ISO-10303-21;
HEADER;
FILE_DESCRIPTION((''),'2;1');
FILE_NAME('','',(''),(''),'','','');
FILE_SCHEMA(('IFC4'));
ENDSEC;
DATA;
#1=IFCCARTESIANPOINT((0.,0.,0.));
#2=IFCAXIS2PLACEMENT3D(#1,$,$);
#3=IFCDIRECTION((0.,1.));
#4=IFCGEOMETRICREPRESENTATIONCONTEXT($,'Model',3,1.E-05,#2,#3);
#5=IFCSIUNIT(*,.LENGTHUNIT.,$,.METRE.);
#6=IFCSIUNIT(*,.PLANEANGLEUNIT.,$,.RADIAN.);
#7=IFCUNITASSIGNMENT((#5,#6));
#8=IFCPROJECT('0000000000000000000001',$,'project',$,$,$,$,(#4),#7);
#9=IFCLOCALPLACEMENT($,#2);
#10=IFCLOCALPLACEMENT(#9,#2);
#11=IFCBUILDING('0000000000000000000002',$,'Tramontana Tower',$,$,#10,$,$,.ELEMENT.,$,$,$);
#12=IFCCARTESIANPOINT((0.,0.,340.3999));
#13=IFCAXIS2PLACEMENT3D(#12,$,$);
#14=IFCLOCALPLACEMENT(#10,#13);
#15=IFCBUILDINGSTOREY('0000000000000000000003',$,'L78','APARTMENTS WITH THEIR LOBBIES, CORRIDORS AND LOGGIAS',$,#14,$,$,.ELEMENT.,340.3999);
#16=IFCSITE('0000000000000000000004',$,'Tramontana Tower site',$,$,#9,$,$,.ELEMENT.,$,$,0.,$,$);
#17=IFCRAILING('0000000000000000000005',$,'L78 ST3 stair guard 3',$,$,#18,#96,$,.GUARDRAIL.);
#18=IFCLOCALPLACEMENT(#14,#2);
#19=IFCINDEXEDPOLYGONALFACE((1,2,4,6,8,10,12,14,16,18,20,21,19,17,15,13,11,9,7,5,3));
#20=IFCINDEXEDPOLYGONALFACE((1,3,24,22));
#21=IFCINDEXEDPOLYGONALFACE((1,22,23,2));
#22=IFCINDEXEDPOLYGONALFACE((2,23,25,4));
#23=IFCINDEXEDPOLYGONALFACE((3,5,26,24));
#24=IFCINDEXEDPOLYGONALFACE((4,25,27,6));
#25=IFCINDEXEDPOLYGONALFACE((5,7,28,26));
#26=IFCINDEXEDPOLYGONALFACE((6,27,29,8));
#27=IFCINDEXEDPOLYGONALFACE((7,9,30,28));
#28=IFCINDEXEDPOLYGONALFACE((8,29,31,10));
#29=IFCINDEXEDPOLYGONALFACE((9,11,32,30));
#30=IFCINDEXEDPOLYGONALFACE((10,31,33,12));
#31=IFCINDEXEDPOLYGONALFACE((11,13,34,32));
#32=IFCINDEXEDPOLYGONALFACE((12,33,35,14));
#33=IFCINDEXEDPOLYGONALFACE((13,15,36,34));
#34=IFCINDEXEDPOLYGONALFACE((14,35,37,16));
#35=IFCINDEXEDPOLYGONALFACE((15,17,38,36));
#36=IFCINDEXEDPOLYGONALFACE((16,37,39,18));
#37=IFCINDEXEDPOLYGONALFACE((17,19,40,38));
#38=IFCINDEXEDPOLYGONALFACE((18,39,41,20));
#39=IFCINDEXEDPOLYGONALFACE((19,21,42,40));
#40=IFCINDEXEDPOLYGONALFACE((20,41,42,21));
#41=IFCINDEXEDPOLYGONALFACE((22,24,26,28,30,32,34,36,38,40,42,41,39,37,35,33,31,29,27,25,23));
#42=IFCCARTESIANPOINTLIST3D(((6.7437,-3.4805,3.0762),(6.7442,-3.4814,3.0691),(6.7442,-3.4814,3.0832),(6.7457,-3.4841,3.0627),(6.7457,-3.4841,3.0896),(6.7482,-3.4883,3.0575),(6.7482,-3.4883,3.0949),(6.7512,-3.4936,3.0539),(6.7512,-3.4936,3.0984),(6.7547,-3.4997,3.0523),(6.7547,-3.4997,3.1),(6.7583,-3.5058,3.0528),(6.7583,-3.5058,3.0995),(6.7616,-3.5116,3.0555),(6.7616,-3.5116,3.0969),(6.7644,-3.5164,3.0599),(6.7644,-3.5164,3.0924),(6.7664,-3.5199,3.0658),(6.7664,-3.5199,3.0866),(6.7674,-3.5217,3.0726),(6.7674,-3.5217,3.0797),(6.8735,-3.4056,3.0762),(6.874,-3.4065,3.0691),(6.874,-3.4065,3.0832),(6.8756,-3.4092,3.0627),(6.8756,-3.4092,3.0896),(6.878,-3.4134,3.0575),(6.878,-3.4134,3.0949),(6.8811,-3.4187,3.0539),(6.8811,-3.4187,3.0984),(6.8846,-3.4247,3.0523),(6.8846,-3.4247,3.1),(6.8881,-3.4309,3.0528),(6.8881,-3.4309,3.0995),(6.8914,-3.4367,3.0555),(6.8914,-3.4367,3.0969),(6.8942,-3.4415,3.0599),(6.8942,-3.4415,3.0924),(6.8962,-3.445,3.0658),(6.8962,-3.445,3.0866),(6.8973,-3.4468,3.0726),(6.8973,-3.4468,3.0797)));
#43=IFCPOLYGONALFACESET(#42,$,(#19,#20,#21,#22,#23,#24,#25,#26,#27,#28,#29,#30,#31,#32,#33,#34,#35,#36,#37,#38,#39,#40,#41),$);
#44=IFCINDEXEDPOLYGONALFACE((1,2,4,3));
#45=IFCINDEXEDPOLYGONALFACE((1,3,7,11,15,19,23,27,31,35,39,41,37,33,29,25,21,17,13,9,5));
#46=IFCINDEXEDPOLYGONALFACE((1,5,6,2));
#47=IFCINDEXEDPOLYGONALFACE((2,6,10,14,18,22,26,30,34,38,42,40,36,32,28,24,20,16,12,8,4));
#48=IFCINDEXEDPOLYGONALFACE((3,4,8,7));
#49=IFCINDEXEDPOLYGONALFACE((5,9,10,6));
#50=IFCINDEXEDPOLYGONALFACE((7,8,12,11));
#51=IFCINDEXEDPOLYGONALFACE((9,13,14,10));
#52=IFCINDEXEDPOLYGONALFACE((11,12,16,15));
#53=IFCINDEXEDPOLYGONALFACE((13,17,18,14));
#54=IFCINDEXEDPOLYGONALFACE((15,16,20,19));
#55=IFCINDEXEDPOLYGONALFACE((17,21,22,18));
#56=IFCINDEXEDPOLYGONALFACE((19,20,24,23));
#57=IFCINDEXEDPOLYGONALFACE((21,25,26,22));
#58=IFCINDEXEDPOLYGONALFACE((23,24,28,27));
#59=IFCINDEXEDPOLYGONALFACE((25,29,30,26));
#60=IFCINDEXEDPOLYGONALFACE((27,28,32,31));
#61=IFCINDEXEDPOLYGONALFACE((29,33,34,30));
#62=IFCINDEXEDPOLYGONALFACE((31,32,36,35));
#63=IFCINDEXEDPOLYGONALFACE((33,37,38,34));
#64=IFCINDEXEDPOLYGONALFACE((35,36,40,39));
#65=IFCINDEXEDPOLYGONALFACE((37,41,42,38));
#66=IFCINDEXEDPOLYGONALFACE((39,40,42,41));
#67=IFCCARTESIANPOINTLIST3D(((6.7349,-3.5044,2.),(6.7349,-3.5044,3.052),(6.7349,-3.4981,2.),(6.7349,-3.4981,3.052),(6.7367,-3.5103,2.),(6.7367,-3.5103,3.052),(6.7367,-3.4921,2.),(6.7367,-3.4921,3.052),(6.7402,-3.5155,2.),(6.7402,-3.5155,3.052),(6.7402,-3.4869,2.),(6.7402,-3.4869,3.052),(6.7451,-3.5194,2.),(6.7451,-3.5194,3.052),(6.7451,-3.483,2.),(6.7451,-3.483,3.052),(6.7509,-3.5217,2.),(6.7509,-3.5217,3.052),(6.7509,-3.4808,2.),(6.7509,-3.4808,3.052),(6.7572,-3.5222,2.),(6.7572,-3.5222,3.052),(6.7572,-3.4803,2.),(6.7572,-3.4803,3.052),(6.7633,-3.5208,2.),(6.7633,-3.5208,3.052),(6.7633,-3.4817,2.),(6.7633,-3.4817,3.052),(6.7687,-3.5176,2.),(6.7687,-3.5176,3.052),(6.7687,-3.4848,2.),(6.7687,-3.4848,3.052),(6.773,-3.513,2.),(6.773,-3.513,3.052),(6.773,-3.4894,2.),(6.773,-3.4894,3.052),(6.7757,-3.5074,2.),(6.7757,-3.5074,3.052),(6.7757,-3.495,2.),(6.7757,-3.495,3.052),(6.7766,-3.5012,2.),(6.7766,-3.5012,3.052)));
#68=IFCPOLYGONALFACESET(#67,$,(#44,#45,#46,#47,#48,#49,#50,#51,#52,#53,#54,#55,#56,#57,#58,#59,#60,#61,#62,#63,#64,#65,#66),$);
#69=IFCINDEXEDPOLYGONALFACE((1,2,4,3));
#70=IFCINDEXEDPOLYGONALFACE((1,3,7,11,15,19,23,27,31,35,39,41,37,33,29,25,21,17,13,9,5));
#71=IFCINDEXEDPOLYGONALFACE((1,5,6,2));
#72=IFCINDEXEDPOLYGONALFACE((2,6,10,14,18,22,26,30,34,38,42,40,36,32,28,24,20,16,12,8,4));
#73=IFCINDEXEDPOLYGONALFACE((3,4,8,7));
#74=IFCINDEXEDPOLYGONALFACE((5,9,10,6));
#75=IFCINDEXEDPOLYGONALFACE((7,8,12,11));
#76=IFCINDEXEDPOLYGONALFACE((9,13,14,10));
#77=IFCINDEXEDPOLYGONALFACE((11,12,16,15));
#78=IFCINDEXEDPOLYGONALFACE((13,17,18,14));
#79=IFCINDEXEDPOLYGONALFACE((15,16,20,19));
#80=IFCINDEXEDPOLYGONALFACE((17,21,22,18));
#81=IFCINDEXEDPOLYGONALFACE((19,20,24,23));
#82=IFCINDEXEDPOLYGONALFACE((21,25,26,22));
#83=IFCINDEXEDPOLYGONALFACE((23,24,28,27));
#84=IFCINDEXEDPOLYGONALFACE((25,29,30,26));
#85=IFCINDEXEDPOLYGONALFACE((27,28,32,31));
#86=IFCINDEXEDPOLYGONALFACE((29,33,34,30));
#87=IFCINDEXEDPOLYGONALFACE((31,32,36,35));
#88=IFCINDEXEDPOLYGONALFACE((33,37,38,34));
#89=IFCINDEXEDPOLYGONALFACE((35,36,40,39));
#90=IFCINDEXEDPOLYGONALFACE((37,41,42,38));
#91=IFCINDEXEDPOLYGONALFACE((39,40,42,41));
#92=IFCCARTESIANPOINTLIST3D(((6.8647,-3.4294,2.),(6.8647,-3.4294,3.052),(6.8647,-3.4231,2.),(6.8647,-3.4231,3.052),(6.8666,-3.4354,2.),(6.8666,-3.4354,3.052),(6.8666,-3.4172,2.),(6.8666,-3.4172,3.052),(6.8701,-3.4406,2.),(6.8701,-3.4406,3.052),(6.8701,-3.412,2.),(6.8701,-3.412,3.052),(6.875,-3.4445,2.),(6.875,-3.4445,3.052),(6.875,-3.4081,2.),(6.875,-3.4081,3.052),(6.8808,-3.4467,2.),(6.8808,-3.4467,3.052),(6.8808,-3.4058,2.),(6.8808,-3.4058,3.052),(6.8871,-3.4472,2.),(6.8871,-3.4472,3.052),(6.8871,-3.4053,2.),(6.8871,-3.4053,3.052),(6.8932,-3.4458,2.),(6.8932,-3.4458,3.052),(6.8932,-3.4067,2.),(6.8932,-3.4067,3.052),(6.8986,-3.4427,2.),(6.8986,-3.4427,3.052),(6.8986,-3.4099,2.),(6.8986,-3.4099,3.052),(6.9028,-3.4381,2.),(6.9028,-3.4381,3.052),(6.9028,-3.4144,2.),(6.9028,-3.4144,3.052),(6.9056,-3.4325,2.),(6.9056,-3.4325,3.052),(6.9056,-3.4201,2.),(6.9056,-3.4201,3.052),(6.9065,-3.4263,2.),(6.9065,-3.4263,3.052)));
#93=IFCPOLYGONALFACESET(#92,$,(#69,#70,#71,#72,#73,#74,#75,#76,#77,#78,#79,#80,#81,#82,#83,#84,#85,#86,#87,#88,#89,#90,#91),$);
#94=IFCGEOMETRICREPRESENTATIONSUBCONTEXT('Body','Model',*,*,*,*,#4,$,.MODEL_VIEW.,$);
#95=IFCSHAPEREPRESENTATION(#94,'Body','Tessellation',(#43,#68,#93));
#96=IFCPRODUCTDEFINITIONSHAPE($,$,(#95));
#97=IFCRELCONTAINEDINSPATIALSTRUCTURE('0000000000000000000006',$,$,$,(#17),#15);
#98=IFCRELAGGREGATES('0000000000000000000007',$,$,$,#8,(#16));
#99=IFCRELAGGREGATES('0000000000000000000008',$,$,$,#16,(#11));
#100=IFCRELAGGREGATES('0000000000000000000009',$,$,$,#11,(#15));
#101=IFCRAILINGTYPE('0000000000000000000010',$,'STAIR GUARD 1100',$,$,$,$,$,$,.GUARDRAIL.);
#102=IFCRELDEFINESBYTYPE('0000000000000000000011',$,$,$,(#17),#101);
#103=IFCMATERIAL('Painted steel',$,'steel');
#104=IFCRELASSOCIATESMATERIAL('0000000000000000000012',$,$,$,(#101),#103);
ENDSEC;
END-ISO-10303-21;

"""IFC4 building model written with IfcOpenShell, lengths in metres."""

from ifc_helpers import new_model, si_unit, direction, frame, origin, origin_2d, place, context, subcontext, project, spatial, circle, extrude, material, type_object, element, save


model = new_model("IFC4")

# Units and contexts
model_context = context("Model", 3, precision=1e-05, world=origin(), true_north=direction((0.0, 1.0)))
body_context = subcontext(model_context, "Body", "Model", "MODEL_VIEW")
ifc_project = project(units=[si_unit("LENGTHUNIT", "METRE"), si_unit("PLANEANGLEUNIT", "RADIAN")], contexts=[model_context])

# Site, building, storey
site_placement = place(None, origin())
site = spatial("IfcSite", under=ifc_project, at=site_placement, Name="Tramontana Tower site", CompositionType="ELEMENT", RefElevation=0.0)
building_placement = place(site_placement, origin())
building = spatial("IfcBuilding", under=site, at=building_placement, Name="Tramontana Tower", CompositionType="ELEMENT")
storey_placement = place(building_placement, frame((0.0, 0.0, 340.3999)))
storey = spatial("IfcBuildingStorey", under=building, at=storey_placement, Name="L78", Description="APARTMENTS WITH THEIR LOBBIES, CORRIDORS AND LOGGIAS", CompositionType="ELEMENT", Elevation=340.3999)

# Railing
ifc_material_1 = material(Name="Painted steel", Category="steel")
railing_type_1 = type_object("IfcRailingType", Name="STAIR GUARD 1100", PredefinedType="GUARDRAIL", material=ifc_material_1)
railing_1_placement = place(storey_placement, frame((6.7556, -3.5012, 2.0)))
element("IfcRailing", 1, at=railing_1_placement, inside=storey, type_object=railing_type_1, Name="L78 ST3 stair guard 3", PredefinedType="GUARDRAIL", context=body_context, shape_type="SweptSolid", body=[
    extrude(circle(Radius=0.0239, at=origin_2d()), frame((0.0, 0.0, 1.0762), z_axis=(0.866131, 0.499816, 0.0), x_axis=(-0.499816, 0.866131, 0.0)), (0.0, 0.0, 1.0), 0.1499),
    extrude(circle(Radius=0.021, at=origin_2d()), origin(), (0.0, 0.0, 1.0), 1.052),
    extrude(circle(Radius=0.021, at=origin_2d()), frame((0.1299, 0.075, 0.0)), (0.0, 0.0, 1.0), 1.052),
])

save(model, "model.ifc")
